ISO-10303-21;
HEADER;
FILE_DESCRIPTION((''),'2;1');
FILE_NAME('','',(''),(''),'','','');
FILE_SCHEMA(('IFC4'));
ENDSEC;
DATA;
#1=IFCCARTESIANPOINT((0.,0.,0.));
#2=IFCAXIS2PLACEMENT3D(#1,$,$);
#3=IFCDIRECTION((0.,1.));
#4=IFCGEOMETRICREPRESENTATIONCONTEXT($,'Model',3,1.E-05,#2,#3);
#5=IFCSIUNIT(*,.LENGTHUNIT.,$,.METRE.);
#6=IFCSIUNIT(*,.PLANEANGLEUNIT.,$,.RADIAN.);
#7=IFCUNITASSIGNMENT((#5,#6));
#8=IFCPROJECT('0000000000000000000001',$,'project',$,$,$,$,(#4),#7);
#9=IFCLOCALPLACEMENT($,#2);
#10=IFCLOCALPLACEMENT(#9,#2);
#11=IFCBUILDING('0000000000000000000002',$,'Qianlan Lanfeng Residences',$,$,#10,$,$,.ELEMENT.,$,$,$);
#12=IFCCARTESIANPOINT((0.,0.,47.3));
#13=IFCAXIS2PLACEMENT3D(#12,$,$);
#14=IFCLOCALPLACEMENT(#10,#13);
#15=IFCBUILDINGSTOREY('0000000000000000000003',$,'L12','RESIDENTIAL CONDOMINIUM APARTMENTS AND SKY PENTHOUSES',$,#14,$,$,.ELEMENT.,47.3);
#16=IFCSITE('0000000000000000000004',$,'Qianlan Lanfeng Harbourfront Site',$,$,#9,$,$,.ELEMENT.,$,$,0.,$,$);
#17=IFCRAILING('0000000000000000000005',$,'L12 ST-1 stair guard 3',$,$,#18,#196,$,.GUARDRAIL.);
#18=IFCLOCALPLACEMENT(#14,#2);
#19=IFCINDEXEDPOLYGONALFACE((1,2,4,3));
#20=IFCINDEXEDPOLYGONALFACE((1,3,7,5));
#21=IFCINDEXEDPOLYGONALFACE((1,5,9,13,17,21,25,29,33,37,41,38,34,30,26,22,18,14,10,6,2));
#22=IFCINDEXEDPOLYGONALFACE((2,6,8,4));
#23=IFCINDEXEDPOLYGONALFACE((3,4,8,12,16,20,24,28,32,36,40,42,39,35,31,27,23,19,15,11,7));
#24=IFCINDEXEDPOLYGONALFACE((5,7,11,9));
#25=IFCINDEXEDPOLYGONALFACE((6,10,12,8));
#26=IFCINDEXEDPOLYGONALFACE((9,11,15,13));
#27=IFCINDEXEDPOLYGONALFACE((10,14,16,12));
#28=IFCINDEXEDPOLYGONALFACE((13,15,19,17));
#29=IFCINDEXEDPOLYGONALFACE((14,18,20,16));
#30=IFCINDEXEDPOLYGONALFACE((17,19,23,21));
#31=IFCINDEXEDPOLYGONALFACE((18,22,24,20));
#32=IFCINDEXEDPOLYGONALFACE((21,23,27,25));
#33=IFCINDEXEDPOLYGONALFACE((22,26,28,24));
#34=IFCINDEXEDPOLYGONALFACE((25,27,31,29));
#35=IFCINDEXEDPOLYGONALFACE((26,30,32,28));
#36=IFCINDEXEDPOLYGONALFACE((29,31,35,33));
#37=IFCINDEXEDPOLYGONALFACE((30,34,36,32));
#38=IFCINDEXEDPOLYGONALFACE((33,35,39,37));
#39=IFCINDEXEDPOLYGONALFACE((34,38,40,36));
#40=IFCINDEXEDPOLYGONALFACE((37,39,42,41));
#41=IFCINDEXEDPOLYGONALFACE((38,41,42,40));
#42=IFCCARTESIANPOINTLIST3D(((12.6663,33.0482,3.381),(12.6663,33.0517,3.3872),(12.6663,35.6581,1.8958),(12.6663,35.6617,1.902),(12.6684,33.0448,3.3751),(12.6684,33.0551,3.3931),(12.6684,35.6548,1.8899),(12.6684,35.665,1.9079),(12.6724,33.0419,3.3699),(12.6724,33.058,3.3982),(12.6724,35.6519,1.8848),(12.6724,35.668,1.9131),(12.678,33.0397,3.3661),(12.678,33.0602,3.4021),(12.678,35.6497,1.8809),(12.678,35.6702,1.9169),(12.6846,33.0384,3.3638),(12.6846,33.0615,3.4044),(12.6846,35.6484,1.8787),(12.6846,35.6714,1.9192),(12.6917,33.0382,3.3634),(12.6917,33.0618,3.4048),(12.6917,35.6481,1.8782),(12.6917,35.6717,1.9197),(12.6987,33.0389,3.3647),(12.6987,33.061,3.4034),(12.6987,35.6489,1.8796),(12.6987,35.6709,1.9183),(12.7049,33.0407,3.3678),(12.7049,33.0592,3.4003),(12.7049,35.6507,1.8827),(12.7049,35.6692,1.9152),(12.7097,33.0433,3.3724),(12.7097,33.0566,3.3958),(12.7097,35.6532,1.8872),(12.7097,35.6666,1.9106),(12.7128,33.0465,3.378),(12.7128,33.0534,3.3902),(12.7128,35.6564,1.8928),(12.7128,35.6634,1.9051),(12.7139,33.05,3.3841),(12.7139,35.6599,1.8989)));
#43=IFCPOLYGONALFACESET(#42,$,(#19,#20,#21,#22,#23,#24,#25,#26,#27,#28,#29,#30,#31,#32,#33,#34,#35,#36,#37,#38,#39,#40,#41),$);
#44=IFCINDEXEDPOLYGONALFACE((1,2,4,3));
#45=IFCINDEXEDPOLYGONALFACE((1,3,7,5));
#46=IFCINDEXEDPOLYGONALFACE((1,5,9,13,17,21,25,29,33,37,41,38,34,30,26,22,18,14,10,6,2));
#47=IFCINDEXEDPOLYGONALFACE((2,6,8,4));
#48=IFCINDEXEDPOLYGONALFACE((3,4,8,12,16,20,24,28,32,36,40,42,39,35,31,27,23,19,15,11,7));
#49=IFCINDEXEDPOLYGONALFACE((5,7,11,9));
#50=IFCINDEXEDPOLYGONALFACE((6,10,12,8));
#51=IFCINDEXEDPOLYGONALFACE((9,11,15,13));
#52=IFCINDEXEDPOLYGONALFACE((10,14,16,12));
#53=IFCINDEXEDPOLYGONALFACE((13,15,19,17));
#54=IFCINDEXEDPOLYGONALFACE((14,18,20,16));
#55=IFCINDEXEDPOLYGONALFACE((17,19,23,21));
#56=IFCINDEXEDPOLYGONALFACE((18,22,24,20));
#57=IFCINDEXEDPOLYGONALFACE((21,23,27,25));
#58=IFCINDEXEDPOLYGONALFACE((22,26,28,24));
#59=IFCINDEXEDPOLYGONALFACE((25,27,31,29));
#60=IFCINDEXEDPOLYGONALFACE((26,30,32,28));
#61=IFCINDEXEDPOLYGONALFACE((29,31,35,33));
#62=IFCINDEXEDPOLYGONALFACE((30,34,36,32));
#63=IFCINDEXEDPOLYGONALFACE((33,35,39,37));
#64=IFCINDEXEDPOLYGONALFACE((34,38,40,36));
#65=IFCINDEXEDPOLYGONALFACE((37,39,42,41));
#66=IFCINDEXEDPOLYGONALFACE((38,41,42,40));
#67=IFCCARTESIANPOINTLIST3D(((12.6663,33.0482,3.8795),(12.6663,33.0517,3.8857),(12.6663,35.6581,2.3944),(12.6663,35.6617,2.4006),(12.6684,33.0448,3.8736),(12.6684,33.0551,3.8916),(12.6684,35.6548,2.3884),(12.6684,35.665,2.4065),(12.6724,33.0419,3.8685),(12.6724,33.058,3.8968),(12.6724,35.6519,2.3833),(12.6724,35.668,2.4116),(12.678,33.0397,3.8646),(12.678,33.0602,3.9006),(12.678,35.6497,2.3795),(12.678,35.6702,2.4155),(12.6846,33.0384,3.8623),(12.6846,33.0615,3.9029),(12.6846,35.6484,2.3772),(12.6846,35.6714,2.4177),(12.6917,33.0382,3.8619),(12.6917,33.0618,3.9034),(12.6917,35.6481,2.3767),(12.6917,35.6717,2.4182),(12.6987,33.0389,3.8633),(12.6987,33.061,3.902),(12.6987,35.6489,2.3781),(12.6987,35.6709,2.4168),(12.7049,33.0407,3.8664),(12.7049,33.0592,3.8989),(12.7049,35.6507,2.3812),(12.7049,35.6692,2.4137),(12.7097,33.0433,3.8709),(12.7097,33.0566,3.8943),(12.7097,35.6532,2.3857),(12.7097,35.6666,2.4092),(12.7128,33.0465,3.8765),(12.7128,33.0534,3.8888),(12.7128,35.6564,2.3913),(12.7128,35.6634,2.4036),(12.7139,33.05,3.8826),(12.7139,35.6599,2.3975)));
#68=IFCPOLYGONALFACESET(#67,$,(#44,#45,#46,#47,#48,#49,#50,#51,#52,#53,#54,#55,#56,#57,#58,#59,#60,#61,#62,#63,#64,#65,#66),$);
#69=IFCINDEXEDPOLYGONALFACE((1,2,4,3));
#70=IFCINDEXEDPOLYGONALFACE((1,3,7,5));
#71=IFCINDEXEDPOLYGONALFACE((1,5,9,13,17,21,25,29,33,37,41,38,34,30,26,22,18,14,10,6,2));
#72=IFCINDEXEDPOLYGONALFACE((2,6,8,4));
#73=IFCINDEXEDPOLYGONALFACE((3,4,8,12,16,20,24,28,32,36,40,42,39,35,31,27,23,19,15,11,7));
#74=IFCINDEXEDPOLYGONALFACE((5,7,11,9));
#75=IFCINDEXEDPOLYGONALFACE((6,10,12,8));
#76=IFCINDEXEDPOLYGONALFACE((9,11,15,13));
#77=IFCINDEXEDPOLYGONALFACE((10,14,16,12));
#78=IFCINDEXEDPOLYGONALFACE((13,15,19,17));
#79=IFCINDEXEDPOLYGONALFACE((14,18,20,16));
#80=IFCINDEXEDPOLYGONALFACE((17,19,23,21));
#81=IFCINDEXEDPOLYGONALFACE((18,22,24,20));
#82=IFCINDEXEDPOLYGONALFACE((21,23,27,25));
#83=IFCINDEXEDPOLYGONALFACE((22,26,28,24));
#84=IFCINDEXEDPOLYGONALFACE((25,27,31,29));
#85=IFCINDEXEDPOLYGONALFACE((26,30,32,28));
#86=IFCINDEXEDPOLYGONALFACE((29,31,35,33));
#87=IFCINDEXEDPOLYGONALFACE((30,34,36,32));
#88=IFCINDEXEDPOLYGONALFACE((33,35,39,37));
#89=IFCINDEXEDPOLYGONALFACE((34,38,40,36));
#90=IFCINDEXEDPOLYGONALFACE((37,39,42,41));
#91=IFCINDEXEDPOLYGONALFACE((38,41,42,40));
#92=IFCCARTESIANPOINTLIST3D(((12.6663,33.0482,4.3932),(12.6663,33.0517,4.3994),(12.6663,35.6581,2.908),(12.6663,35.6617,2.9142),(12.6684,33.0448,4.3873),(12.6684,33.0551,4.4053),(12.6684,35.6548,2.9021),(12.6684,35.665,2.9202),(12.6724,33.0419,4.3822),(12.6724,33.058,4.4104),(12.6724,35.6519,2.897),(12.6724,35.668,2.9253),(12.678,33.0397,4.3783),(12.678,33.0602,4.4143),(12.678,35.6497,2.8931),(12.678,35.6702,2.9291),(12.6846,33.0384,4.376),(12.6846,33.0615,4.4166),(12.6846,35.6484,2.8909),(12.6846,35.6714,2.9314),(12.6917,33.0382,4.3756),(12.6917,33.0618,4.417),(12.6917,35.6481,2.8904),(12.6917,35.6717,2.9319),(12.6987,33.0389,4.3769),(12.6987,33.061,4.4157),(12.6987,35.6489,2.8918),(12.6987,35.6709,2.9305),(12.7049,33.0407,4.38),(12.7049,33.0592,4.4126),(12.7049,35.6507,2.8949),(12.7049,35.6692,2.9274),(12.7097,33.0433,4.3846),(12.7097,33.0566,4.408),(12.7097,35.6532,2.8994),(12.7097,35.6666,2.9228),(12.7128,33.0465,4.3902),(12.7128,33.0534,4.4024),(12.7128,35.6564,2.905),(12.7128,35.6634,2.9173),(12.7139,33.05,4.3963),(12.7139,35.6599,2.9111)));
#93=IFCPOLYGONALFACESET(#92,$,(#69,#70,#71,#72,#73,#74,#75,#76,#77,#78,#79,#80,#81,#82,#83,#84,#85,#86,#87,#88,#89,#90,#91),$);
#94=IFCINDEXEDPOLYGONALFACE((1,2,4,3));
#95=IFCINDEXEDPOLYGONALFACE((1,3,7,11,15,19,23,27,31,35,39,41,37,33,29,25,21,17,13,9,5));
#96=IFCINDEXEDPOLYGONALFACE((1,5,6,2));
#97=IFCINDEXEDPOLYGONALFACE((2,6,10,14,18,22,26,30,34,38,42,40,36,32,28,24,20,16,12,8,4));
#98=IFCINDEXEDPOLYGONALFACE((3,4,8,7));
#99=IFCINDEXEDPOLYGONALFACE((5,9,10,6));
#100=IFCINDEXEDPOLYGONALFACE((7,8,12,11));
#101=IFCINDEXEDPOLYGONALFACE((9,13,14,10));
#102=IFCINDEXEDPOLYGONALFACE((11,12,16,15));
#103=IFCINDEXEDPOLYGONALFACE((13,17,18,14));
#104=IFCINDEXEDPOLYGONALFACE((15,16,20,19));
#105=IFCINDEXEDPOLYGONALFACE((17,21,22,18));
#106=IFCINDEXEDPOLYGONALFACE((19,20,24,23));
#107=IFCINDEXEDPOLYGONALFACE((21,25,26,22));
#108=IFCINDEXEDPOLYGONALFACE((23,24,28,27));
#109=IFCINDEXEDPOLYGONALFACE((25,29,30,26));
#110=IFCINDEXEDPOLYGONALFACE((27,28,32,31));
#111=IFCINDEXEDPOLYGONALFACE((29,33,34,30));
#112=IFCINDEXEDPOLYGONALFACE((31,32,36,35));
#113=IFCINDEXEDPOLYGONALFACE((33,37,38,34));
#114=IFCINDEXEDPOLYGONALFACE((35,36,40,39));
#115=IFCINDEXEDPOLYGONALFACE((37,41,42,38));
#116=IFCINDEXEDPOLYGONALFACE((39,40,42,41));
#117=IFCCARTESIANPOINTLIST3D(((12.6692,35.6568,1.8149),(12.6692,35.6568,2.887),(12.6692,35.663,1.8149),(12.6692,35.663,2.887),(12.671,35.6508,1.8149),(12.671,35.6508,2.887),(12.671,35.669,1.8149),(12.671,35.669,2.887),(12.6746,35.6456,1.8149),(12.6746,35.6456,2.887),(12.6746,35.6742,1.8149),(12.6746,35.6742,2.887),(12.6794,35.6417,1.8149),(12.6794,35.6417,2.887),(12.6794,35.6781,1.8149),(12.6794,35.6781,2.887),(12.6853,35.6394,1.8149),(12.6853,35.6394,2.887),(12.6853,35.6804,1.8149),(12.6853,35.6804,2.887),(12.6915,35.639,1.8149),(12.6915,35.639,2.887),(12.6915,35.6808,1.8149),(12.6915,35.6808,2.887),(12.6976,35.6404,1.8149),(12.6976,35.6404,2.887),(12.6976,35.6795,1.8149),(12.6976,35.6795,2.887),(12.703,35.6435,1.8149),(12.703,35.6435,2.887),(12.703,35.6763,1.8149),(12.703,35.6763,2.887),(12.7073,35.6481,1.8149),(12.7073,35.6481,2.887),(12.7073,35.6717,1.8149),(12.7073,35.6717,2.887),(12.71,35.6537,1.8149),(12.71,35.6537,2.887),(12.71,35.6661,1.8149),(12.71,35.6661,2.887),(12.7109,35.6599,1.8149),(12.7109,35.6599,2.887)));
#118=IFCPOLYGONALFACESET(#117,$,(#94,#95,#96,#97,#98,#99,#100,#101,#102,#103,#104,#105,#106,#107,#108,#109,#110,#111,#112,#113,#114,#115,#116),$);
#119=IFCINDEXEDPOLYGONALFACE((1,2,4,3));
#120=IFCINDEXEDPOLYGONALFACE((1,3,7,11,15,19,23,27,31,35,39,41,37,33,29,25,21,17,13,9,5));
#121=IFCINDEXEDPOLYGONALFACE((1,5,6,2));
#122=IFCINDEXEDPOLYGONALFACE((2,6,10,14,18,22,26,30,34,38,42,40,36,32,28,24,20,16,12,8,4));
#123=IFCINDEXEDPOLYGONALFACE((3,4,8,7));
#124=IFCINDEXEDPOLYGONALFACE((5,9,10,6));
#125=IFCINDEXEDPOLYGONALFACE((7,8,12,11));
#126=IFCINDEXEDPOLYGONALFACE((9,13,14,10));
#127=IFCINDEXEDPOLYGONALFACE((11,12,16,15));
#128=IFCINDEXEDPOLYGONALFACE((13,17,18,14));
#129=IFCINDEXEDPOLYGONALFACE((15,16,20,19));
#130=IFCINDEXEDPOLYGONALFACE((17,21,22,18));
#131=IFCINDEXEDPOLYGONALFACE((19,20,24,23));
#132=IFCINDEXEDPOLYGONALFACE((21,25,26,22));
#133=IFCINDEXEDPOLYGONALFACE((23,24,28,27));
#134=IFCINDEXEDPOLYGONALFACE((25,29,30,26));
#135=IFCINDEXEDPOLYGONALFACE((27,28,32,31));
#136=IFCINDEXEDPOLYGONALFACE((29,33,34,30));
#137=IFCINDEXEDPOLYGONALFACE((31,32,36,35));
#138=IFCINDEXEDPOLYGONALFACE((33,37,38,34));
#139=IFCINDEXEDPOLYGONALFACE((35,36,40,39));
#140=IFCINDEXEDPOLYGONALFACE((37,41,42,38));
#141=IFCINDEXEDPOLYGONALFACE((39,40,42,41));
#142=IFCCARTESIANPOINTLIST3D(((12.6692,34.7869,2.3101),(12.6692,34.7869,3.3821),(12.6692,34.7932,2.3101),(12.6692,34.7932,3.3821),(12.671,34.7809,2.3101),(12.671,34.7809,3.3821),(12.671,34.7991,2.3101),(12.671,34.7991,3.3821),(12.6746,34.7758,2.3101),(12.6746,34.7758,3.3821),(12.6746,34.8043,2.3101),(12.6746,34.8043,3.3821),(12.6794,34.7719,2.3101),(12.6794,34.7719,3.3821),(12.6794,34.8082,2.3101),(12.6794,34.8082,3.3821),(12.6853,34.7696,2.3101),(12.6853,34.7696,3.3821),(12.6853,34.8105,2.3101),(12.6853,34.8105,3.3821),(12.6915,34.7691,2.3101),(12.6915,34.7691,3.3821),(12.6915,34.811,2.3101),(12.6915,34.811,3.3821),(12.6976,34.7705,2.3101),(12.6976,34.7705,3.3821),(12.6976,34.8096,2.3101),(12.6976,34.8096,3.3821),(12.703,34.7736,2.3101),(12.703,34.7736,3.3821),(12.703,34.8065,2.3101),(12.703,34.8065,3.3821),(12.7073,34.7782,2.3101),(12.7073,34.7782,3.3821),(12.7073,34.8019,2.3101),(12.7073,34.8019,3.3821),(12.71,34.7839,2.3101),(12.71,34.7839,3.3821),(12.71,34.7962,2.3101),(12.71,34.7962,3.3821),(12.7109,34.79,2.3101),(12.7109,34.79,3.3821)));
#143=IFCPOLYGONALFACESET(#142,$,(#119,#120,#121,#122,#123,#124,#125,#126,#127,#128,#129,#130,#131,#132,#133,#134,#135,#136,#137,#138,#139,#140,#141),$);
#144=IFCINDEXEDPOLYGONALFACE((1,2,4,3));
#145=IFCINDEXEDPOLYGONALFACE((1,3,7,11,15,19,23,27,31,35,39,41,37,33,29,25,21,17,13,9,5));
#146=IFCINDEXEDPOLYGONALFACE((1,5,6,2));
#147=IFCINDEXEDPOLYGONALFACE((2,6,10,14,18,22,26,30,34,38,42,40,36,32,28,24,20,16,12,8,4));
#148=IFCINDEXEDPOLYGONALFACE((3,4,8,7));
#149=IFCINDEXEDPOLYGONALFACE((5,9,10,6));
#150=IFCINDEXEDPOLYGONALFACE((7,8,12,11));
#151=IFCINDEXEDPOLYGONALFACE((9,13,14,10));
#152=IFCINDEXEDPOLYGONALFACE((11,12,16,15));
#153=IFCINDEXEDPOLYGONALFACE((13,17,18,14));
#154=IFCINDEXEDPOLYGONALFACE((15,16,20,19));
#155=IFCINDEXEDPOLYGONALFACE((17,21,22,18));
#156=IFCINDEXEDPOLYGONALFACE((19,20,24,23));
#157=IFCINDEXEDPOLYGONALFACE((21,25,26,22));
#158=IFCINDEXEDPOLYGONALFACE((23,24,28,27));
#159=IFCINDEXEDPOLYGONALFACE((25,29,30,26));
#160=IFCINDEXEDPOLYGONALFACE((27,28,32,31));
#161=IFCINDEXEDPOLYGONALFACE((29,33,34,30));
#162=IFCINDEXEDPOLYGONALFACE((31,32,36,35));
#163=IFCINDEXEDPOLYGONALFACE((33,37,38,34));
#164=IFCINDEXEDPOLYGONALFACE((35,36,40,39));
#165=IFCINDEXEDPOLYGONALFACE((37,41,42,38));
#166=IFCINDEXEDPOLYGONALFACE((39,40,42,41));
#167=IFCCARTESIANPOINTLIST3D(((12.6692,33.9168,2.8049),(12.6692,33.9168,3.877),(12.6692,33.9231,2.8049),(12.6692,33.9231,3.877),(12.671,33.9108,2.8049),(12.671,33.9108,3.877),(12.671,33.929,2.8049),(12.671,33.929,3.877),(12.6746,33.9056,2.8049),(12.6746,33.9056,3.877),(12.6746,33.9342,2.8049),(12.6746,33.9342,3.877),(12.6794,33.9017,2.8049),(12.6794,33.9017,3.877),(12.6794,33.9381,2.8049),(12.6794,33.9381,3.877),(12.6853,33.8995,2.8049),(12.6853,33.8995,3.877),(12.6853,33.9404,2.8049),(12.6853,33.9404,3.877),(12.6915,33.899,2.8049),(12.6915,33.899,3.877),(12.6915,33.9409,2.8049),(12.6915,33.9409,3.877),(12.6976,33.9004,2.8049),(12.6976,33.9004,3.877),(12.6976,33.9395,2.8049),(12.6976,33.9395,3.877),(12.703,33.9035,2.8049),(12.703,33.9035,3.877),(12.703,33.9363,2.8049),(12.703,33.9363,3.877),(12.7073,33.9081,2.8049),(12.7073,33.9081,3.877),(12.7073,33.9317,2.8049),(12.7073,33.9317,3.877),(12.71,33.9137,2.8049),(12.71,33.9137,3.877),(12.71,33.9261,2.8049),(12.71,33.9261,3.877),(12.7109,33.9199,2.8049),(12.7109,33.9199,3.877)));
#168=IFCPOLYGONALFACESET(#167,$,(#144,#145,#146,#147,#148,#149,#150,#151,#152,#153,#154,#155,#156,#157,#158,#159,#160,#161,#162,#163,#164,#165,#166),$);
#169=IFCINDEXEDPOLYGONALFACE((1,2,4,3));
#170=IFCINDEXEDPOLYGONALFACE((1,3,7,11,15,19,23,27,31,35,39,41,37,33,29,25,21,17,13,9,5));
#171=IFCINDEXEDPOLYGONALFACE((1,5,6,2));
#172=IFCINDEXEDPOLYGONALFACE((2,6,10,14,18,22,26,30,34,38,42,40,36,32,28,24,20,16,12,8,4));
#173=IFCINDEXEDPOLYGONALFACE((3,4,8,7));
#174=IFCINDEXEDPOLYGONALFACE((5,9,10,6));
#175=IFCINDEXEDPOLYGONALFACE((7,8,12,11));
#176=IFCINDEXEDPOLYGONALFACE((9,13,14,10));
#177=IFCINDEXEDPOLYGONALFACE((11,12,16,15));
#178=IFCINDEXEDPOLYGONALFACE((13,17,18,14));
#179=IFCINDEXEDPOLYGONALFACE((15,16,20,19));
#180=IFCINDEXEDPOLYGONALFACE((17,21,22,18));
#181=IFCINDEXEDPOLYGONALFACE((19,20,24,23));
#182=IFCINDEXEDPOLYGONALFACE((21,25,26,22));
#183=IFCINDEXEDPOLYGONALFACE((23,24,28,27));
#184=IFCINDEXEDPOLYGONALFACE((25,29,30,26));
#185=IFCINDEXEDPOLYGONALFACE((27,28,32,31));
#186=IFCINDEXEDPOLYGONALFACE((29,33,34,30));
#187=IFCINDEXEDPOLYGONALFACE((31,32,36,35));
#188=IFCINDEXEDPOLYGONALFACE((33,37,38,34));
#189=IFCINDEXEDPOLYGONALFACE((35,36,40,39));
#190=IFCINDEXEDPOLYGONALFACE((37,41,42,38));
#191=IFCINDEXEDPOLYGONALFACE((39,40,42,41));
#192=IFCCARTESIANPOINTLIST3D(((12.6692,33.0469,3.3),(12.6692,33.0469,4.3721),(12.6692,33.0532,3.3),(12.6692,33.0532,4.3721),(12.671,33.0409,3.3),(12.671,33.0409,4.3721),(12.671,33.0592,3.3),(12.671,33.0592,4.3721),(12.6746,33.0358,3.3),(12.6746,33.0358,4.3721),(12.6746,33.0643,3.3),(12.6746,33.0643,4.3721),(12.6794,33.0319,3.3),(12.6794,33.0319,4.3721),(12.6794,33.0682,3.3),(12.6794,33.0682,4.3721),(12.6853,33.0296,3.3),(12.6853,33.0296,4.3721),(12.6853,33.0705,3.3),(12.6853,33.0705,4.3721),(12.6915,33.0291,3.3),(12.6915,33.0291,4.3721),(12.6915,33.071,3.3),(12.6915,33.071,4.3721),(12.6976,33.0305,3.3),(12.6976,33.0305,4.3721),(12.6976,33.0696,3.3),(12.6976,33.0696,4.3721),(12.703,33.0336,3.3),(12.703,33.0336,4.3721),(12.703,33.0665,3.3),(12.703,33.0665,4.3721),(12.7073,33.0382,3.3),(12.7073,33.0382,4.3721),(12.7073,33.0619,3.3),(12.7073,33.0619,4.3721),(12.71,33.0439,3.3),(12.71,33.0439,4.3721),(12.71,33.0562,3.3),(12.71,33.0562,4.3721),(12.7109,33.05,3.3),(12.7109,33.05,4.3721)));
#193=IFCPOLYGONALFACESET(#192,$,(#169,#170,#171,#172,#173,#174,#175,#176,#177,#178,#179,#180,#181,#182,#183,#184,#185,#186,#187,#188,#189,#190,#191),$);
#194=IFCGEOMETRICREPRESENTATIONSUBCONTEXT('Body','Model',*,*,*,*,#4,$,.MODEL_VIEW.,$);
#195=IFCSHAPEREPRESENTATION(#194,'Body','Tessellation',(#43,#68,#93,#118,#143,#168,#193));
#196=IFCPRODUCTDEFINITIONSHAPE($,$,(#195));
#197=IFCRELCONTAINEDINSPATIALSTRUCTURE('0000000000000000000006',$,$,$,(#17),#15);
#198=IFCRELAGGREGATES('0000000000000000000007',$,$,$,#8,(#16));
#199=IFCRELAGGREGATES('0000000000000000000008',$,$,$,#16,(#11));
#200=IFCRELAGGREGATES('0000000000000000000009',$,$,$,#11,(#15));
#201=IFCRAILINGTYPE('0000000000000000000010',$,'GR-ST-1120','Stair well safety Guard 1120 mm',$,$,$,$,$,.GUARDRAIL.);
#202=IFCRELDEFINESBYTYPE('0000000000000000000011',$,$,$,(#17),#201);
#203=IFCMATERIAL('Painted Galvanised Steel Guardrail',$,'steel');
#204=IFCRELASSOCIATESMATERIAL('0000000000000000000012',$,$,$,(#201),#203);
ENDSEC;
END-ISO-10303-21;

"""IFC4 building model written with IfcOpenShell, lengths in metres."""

from ifc_helpers import new_model, si_unit, direction, frame, origin, origin_2d, place, context, subcontext, project, spatial, circle, extrude, material, type_object, element, save


model = new_model("IFC4")

# Units and contexts
model_context = context("Model", 3, precision=1e-05, world=origin(), true_north=direction((0.0, 1.0)))
body_context = subcontext(model_context, "Body", "Model", "MODEL_VIEW")
ifc_project = project(units=[si_unit("LENGTHUNIT", "METRE"), si_unit("PLANEANGLEUNIT", "RADIAN")], contexts=[model_context])

# Site, building, storey
site_placement = place(None, origin())
site = spatial("IfcSite", under=ifc_project, at=site_placement, Name="Qianlan Lanfeng Harbourfront Site", CompositionType="ELEMENT", RefElevation=0.0)
building_placement = place(site_placement, origin())
building = spatial("IfcBuilding", under=site, at=building_placement, Name="Qianlan Lanfeng Residences", CompositionType="ELEMENT")
storey_placement = place(building_placement, frame((0.0, 0.0, 47.3)))
storey = spatial("IfcBuildingStorey", under=building, at=storey_placement, Name="L12", Description="RESIDENTIAL CONDOMINIUM APARTMENTS AND SKY PENTHOUSES", CompositionType="ELEMENT", Elevation=47.3)

# Railing
ifc_material_1 = material(Name="Painted Galvanised Steel Guardrail", Category="steel")
railing_type_1 = type_object("IfcRailingType", Name="GR-ST-1120", Description="Stair well safety Guard 1120 mm", PredefinedType="GUARDRAIL", material=ifc_material_1)
railing_1_placement = place(storey_placement, frame((12.6899, 35.6599, 1.8149)))
element("IfcRailing", 1, at=railing_1_placement, inside=storey, type_object=railing_type_1, Name="L12 ST-1 stair guard 3", PredefinedType="GUARDRAIL", context=body_context, shape_type="SweptSolid", body=[
    extrude(circle(Radius=0.0239, at=origin_2d()), frame((0.0, 0.0, 0.084), z_axis=(0.0, -0.869137, 0.494571), x_axis=(1.0, 0.0, 0.0)), (0.0, 0.0, 1.0), 3.0029),
    extrude(circle(Radius=0.0239, at=origin_2d()), frame((0.0, 0.0, 0.5825), z_axis=(0.0, -0.869137, 0.494571), x_axis=(1.0, 0.0, 0.0)), (0.0, 0.0, 1.0), 3.0029),
    extrude(circle(Radius=0.0239, at=origin_2d()), frame((0.0, 0.0, 1.0962), z_axis=(0.0, -0.869137, 0.494571), x_axis=(1.0, 0.0, 0.0)), (0.0, 0.0, 1.0), 3.0029),
    extrude(circle(Radius=0.021, at=origin_2d()), origin(), (0.0, 0.0, 1.0), 1.072),
    extrude(circle(Radius=0.021, at=origin_2d()), frame((0.0, -0.8699, 0.4951)), (0.0, 0.0, 1.0), 1.072),
    extrude(circle(Radius=0.021, at=origin_2d()), frame((0.0, -1.74, 0.99)), (0.0, 0.0, 1.0), 1.072),
    extrude(circle(Radius=0.021, at=origin_2d()), frame((0.0, -2.6099, 1.4851)), (0.0, 0.0, 1.0), 1.072),
])

save(model, "model.ifc")
